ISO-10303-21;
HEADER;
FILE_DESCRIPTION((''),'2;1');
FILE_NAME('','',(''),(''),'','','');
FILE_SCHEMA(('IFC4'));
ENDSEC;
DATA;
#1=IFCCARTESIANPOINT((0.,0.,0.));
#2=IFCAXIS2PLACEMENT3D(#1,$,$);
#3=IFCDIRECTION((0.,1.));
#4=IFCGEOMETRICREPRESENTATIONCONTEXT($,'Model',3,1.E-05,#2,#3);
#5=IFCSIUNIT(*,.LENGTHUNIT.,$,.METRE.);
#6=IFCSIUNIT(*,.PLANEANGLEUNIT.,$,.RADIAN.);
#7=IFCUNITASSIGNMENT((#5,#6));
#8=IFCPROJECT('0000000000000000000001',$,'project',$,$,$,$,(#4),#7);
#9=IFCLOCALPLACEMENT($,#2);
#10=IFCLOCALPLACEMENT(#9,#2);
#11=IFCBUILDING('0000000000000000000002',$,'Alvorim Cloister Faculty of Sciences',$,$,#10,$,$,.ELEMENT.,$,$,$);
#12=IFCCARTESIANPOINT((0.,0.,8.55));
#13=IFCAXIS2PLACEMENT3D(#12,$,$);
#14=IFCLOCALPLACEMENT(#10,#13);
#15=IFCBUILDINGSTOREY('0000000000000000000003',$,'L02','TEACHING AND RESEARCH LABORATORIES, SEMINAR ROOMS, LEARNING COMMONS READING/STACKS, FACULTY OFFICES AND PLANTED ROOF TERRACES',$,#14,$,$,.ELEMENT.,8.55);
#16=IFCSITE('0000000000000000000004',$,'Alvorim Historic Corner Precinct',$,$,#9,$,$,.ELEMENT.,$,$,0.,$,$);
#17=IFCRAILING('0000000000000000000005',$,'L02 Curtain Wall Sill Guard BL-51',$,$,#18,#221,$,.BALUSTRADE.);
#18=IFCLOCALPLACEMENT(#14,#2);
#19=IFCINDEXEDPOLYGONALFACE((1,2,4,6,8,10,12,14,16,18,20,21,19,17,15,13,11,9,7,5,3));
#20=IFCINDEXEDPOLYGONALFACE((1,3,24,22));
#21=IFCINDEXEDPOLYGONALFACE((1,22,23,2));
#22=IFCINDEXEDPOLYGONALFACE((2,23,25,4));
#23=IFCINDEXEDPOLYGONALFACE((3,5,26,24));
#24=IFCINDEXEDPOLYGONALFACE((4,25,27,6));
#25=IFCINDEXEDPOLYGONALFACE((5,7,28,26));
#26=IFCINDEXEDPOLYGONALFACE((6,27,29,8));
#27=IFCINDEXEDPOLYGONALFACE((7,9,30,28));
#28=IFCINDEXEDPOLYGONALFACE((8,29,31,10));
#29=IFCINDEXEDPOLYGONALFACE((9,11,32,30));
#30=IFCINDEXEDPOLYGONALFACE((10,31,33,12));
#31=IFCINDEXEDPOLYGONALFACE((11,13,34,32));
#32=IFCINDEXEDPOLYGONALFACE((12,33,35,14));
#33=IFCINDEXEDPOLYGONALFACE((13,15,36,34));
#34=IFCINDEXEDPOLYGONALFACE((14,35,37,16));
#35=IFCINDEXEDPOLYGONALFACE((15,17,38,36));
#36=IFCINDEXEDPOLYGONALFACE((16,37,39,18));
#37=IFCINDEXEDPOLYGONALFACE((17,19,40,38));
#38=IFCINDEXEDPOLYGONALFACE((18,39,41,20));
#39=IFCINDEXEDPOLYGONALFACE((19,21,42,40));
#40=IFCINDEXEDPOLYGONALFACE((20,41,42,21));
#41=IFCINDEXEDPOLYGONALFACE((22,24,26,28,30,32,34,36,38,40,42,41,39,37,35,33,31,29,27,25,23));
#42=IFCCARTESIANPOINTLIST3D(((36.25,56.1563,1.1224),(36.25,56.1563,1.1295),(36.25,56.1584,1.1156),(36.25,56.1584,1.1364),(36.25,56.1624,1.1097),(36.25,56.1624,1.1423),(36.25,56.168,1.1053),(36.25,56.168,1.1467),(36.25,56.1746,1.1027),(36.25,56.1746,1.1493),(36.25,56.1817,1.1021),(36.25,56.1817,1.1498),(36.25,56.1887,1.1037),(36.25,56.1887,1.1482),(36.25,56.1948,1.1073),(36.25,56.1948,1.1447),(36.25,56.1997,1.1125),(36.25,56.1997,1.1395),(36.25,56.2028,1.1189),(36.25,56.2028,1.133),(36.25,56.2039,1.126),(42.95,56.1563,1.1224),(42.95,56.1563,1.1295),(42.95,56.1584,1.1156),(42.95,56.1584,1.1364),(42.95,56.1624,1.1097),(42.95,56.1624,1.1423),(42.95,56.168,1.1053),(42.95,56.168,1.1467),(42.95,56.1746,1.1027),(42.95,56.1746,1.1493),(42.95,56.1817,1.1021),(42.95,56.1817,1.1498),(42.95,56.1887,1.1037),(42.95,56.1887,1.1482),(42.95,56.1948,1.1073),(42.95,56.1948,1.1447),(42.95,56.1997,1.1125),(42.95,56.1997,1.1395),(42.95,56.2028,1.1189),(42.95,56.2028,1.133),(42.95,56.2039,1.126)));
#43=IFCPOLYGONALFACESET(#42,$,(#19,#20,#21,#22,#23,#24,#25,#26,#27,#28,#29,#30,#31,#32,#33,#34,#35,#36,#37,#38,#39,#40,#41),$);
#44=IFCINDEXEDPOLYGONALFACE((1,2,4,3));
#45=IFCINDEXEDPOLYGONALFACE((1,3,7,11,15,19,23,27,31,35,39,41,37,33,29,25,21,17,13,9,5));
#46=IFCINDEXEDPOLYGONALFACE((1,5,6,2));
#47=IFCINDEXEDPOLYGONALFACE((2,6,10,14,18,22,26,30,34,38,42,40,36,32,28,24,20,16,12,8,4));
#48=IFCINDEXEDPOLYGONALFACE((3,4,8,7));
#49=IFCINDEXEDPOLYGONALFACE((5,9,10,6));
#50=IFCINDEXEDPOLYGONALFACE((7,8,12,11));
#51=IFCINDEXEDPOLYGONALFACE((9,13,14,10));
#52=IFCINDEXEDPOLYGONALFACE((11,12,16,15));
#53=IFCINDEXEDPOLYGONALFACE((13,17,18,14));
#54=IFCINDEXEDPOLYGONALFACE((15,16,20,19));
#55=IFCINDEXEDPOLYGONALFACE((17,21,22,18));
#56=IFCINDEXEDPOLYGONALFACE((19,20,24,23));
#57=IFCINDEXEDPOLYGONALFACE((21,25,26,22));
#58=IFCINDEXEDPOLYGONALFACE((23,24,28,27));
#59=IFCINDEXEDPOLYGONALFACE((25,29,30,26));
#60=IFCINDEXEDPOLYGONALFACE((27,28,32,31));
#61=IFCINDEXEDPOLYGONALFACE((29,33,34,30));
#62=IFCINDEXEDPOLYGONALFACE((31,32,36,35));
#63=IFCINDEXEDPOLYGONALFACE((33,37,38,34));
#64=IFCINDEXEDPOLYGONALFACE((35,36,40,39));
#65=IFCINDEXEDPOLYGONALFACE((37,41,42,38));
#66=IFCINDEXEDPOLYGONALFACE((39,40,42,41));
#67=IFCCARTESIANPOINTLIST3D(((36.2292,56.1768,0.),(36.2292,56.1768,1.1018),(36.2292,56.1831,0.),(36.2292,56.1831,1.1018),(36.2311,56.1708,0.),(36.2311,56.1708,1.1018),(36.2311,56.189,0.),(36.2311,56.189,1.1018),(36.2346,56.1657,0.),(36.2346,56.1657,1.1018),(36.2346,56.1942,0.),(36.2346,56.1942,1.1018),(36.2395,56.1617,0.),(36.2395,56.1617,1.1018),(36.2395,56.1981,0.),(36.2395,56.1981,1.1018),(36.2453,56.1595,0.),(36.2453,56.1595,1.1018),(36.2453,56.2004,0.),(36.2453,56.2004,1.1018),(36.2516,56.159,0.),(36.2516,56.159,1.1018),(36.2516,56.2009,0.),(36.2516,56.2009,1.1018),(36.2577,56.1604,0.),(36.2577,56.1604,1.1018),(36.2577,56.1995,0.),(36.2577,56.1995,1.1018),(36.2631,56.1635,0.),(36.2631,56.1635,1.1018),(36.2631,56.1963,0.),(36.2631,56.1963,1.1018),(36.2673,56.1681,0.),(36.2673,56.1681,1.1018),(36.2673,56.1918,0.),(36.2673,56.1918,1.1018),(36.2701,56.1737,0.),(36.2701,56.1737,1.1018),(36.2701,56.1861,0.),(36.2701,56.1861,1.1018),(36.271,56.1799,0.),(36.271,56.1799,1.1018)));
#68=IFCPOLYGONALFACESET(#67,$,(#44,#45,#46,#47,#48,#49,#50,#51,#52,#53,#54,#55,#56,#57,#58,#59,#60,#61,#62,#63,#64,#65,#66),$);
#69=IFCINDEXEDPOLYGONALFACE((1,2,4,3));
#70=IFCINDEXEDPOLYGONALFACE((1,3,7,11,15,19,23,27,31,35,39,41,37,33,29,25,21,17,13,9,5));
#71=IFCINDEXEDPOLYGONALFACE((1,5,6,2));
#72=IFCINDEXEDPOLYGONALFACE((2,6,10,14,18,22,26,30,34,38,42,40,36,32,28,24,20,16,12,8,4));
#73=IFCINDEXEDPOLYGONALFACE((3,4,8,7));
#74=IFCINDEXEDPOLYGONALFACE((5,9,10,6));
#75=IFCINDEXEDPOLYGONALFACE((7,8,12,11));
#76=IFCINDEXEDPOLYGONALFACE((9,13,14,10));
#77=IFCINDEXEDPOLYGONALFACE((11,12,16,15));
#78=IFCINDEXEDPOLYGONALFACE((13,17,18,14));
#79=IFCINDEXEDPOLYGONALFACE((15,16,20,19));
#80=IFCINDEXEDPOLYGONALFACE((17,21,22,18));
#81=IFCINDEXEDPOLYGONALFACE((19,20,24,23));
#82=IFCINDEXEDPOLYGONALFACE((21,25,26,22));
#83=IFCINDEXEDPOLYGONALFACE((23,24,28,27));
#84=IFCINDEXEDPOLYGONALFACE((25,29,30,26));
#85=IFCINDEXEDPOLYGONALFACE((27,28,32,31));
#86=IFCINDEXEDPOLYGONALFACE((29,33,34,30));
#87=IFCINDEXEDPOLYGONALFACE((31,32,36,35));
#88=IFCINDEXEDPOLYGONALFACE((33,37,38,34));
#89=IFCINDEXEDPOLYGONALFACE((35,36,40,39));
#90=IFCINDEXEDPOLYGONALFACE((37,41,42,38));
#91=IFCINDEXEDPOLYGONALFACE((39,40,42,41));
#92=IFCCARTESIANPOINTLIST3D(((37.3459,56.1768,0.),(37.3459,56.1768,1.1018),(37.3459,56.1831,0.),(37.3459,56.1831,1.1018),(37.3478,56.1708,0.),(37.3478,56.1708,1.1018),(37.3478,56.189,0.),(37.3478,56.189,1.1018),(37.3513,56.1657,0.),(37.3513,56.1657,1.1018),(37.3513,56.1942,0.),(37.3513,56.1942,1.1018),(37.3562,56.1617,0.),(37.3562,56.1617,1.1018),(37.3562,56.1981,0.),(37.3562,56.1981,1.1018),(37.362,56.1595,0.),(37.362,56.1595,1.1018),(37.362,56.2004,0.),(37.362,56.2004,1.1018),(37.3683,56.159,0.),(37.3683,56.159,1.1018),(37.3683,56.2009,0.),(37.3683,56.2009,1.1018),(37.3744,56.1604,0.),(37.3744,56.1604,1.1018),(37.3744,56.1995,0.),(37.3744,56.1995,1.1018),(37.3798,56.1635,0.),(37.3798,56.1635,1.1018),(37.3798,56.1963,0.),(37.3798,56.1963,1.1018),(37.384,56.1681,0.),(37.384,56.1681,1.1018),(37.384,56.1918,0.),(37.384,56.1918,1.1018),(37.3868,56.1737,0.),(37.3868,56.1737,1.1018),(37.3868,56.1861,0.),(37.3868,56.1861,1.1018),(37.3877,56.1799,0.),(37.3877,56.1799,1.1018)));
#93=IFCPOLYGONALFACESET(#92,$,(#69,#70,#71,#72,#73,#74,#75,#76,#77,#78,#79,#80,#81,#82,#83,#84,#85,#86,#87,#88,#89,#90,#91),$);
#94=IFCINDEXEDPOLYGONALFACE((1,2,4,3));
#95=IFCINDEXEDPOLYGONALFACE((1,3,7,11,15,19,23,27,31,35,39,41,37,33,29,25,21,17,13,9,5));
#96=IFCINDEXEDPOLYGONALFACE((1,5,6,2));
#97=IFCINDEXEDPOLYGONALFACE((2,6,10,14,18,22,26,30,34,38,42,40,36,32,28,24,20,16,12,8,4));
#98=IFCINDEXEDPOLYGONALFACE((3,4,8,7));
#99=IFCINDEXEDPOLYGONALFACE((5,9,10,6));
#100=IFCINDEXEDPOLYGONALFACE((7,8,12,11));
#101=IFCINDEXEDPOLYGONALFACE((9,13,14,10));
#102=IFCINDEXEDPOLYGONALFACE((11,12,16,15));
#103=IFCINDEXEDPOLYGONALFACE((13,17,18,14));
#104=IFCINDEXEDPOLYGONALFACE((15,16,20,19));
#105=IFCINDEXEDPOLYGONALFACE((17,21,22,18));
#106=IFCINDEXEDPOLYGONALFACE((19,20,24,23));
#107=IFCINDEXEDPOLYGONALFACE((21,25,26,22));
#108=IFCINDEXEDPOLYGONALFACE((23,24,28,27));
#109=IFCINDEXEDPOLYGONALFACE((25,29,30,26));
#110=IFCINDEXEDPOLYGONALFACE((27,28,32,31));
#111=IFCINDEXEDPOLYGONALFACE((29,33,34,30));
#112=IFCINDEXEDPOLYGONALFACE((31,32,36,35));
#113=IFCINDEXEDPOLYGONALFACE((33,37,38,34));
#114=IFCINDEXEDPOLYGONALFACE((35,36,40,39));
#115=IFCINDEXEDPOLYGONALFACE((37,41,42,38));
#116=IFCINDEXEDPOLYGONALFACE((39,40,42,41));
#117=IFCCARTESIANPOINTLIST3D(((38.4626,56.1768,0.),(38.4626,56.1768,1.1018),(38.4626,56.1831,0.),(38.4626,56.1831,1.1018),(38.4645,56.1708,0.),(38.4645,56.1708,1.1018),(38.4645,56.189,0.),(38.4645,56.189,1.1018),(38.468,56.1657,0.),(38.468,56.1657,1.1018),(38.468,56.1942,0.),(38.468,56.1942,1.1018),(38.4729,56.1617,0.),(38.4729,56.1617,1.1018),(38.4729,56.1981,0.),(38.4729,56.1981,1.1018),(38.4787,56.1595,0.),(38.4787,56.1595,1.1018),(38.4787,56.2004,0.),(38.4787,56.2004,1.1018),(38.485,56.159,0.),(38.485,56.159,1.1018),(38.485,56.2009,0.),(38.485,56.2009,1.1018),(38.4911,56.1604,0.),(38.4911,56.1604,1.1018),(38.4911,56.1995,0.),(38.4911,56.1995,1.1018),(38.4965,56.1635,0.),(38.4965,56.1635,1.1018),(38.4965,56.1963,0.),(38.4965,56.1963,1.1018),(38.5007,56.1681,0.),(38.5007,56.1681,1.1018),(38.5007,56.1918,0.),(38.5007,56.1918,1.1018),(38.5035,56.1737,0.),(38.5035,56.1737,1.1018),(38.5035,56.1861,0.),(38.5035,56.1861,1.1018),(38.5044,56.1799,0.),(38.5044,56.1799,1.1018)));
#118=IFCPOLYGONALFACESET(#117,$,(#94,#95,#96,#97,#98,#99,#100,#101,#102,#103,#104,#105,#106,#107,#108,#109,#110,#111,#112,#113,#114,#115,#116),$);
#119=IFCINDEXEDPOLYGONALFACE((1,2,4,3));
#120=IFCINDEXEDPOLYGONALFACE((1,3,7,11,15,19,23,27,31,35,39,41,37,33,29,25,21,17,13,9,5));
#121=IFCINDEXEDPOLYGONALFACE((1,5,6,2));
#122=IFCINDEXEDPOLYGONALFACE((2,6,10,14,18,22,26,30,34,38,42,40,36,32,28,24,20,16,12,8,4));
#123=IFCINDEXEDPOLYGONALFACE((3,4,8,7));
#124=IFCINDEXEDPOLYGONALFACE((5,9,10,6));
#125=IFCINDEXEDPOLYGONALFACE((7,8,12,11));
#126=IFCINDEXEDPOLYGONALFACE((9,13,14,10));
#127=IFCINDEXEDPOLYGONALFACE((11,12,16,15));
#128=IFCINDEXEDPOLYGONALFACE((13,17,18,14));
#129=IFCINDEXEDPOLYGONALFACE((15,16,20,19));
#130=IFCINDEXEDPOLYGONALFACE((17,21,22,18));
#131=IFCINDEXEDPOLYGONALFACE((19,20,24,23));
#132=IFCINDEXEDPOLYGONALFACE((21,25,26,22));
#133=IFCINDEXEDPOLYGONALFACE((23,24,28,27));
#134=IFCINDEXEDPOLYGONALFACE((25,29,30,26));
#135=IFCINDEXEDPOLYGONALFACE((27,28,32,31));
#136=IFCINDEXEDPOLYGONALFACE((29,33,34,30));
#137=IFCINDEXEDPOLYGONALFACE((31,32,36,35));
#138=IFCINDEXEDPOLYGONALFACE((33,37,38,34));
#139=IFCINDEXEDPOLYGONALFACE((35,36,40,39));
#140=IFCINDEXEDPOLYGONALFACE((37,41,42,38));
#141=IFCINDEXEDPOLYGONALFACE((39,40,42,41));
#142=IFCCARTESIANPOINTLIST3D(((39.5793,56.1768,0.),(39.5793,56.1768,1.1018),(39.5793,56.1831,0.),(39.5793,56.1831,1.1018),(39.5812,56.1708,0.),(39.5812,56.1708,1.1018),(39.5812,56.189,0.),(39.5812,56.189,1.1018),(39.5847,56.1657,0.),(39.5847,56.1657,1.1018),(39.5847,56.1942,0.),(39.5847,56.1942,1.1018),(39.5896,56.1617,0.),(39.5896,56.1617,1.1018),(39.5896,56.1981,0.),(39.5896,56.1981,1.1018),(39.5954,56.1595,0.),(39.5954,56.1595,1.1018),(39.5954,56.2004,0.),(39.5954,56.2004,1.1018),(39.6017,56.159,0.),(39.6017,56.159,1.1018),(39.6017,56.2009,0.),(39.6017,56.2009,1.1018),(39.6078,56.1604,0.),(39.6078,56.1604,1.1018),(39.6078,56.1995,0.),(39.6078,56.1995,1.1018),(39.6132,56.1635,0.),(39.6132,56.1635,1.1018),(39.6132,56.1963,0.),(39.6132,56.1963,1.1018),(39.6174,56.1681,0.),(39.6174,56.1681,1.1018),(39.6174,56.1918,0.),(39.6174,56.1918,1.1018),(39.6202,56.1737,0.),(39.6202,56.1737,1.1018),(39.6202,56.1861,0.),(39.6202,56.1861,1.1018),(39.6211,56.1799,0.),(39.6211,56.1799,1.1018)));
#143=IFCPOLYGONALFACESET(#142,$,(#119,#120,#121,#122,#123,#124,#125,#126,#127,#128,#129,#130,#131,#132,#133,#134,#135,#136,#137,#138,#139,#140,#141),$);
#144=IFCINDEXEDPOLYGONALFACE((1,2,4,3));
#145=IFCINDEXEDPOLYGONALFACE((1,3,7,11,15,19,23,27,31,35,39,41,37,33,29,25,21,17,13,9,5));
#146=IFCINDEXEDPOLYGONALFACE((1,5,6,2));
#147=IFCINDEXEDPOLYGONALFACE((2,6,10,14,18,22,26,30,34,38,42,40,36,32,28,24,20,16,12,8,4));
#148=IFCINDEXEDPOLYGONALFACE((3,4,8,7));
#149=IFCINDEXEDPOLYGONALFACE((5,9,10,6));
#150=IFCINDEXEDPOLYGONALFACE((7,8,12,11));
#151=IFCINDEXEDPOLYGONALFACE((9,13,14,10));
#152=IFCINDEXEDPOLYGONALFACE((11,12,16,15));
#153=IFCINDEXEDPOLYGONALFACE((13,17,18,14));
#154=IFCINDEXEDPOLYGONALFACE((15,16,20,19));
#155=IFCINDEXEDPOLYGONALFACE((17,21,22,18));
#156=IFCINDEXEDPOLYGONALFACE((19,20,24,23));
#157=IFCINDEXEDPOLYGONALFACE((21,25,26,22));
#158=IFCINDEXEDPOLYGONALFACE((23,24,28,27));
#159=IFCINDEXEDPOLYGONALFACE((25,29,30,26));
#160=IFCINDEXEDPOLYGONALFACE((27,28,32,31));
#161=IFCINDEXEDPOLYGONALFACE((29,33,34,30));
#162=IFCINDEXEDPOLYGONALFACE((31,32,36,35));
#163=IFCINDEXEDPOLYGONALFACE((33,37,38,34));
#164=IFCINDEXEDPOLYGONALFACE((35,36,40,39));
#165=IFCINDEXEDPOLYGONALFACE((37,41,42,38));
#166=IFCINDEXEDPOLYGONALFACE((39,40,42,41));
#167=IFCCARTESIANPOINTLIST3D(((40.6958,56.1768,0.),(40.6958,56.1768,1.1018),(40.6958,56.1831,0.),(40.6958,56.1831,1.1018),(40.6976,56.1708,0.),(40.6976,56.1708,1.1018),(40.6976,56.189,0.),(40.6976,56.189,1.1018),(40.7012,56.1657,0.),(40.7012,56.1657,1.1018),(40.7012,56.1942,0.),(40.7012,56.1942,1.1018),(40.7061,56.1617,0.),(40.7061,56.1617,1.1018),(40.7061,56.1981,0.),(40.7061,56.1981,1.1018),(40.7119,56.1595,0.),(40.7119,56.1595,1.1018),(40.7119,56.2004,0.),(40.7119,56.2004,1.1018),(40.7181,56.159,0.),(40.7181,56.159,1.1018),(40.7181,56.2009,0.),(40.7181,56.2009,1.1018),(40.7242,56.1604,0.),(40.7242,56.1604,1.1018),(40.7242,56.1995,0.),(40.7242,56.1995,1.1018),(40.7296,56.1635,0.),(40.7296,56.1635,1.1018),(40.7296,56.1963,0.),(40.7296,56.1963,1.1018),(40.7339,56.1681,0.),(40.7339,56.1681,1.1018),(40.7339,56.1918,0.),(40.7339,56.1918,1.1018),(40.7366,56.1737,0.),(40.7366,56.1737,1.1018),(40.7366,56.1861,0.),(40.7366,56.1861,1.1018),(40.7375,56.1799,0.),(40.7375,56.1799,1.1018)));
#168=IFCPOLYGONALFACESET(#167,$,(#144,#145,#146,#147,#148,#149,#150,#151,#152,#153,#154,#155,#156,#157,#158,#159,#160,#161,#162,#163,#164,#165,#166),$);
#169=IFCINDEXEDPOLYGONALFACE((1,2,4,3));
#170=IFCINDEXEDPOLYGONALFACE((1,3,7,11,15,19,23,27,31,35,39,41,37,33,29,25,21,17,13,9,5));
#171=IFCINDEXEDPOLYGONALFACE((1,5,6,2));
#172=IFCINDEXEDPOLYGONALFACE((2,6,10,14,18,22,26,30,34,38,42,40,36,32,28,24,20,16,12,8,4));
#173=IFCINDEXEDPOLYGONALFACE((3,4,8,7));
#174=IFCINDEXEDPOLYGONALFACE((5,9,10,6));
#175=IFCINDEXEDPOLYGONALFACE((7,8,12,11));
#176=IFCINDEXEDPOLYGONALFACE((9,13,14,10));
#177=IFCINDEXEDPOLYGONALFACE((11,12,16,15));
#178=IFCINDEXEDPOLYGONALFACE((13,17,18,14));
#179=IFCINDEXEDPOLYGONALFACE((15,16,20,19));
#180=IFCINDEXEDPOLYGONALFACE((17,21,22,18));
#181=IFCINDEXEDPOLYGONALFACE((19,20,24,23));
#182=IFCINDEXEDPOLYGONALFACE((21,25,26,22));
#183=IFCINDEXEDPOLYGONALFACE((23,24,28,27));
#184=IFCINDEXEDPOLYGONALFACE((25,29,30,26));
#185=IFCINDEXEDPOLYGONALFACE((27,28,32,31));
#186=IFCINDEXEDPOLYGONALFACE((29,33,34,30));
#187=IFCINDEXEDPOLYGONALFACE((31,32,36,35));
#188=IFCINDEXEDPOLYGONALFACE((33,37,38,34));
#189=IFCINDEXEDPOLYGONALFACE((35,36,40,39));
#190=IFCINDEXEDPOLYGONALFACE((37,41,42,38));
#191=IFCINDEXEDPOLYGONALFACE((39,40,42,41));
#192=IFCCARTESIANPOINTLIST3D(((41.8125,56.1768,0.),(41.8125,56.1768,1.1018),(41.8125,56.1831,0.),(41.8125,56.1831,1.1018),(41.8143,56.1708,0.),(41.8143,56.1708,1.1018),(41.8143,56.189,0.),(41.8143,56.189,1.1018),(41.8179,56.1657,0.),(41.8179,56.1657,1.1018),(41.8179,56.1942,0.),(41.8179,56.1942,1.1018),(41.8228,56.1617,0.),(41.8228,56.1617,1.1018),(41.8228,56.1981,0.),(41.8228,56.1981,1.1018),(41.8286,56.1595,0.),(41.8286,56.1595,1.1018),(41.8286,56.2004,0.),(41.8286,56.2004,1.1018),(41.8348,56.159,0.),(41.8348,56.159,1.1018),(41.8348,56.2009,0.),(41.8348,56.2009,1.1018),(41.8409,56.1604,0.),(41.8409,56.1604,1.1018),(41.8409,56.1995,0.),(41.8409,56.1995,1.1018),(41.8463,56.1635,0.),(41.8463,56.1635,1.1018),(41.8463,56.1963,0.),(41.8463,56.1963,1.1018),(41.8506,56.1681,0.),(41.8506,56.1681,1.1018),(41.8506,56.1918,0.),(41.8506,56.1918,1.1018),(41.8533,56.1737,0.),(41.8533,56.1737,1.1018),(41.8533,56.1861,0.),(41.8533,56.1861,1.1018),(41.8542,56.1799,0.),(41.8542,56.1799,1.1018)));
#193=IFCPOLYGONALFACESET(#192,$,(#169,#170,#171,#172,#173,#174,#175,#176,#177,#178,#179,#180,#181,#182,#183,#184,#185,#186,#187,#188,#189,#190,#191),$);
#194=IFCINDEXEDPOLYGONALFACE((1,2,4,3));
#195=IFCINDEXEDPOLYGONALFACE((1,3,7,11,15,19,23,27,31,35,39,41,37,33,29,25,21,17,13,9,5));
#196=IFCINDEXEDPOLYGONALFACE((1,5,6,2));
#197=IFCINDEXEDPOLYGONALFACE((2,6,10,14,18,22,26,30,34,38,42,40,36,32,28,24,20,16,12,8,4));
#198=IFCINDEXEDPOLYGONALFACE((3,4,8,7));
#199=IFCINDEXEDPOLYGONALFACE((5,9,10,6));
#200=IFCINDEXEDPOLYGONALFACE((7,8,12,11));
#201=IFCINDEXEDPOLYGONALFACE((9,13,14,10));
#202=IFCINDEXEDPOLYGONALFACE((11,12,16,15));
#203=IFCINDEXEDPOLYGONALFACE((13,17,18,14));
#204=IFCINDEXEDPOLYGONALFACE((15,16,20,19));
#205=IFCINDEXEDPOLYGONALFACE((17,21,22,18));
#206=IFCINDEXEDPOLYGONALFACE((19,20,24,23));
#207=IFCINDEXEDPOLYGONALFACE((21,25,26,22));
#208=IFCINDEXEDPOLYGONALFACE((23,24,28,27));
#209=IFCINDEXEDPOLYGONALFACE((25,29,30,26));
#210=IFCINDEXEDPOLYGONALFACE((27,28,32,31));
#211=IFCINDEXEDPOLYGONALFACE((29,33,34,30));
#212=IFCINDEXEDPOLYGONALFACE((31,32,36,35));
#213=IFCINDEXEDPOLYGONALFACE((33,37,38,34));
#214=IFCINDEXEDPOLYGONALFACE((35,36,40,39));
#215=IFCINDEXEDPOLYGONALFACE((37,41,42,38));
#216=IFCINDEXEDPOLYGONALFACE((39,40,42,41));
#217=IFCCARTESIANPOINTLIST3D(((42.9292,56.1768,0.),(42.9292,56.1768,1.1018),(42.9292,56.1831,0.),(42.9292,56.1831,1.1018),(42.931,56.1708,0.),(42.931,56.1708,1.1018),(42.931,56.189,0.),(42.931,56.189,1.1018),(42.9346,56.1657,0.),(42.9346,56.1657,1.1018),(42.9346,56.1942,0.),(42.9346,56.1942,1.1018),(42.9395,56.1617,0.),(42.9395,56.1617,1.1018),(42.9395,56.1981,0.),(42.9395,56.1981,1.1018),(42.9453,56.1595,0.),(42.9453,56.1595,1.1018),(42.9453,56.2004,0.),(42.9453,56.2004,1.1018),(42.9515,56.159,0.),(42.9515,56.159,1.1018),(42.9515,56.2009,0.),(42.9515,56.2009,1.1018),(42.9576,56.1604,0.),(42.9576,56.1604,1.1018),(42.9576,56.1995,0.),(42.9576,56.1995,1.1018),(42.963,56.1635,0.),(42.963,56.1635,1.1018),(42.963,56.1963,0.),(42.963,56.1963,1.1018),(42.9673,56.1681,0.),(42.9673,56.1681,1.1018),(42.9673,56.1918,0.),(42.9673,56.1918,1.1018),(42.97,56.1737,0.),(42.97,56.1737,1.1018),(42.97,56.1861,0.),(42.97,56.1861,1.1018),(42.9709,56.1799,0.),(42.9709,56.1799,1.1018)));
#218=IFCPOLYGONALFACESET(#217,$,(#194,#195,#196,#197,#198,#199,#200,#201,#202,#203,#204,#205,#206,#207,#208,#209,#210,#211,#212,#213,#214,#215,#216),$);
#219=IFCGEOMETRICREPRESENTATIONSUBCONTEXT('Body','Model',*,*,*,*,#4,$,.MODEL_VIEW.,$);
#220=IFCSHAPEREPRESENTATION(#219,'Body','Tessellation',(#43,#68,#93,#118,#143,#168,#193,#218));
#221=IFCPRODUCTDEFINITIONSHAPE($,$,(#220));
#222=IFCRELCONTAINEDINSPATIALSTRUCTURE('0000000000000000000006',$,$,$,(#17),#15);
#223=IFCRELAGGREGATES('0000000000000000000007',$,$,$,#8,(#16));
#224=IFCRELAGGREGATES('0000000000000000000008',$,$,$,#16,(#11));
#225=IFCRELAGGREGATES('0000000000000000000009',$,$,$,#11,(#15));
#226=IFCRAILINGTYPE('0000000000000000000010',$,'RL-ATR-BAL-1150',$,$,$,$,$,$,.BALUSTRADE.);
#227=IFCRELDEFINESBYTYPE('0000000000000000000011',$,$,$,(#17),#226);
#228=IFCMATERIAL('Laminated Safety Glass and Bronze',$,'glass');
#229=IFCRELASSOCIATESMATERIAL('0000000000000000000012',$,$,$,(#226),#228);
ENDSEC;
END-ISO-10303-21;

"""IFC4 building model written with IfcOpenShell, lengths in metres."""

from ifc_helpers import new_model, si_unit, direction, frame, origin, origin_2d, place, context, subcontext, project, spatial, circle, extrude, material, type_object, element, save


model = new_model("IFC4")

# Units and contexts
model_context = context("Model", 3, precision=1e-05, world=origin(), true_north=direction((0.0, 1.0)))
body_context = subcontext(model_context, "Body", "Model", "MODEL_VIEW")
ifc_project = project(units=[si_unit("LENGTHUNIT", "METRE"), si_unit("PLANEANGLEUNIT", "RADIAN")], contexts=[model_context])

# Site, building, storey
site_placement = place(None, origin())
site = spatial("IfcSite", under=ifc_project, at=site_placement, Name="Alvorim Historic Corner Precinct", CompositionType="ELEMENT", RefElevation=0.0)
building_placement = place(site_placement, origin())
building = spatial("IfcBuilding", under=site, at=building_placement, Name="Alvorim Cloister Faculty of Sciences", CompositionType="ELEMENT")
storey_placement = place(building_placement, frame((0.0, 0.0, 8.55)))
storey = spatial("IfcBuildingStorey", under=building, at=storey_placement, Name="L02", Description="TEACHING AND RESEARCH LABORATORIES, SEMINAR ROOMS, LEARNING COMMONS READING/STACKS, FACULTY OFFICES AND PLANTED ROOF TERRACES", CompositionType="ELEMENT", Elevation=8.55)

# Railing
ifc_material_1 = material(Name="Laminated Safety Glass and Bronze", Category="glass")
railing_type_1 = type_object("IfcRailingType", Name="RL-ATR-BAL-1150", PredefinedType="BALUSTRADE", material=ifc_material_1)
railing_1_placement = place(storey_placement, frame((36.25, 56.1799, 0.0)))
element("IfcRailing", 1, at=railing_1_placement, inside=storey, type_object=railing_type_1, Name="L02 Curtain Wall Sill Guard BL-51", PredefinedType="BALUSTRADE", context=body_context, shape_type="SweptSolid", body=[
    extrude(circle(Radius=0.0239, at=origin_2d()), frame((0.0, 0.0, 1.126), z_axis=(1.0, 0.0, 0.0), x_axis=(0.0, 1.0, 0.0)), (0.0, 0.0, 1.0), 6.7),
    extrude(circle(Radius=0.021, at=origin_2d()), origin(), (0.0, 0.0, 1.0), 1.1018),
    extrude(circle(Radius=0.021, at=origin_2d()), frame((1.1167, 0.0, 0.0)), (0.0, 0.0, 1.0), 1.1018),
    extrude(circle(Radius=0.021, at=origin_2d()), frame((2.2334, 0.0, 0.0)), (0.0, 0.0, 1.0), 1.1018),
    extrude(circle(Radius=0.021, at=origin_2d()), frame((3.3501, 0.0, 0.0)), (0.0, 0.0, 1.0), 1.1018),
    extrude(circle(Radius=0.021, at=origin_2d()), frame((4.4666, 0.0, 0.0)), (0.0, 0.0, 1.0), 1.1018),
    extrude(circle(Radius=0.021, at=origin_2d()), frame((5.5833, 0.0, 0.0)), (0.0, 0.0, 1.0), 1.1018),
    extrude(circle(Radius=0.021, at=origin_2d()), frame((6.7, 0.0, 0.0)), (0.0, 0.0, 1.0), 1.1018),
])

save(model, "model.ifc")
